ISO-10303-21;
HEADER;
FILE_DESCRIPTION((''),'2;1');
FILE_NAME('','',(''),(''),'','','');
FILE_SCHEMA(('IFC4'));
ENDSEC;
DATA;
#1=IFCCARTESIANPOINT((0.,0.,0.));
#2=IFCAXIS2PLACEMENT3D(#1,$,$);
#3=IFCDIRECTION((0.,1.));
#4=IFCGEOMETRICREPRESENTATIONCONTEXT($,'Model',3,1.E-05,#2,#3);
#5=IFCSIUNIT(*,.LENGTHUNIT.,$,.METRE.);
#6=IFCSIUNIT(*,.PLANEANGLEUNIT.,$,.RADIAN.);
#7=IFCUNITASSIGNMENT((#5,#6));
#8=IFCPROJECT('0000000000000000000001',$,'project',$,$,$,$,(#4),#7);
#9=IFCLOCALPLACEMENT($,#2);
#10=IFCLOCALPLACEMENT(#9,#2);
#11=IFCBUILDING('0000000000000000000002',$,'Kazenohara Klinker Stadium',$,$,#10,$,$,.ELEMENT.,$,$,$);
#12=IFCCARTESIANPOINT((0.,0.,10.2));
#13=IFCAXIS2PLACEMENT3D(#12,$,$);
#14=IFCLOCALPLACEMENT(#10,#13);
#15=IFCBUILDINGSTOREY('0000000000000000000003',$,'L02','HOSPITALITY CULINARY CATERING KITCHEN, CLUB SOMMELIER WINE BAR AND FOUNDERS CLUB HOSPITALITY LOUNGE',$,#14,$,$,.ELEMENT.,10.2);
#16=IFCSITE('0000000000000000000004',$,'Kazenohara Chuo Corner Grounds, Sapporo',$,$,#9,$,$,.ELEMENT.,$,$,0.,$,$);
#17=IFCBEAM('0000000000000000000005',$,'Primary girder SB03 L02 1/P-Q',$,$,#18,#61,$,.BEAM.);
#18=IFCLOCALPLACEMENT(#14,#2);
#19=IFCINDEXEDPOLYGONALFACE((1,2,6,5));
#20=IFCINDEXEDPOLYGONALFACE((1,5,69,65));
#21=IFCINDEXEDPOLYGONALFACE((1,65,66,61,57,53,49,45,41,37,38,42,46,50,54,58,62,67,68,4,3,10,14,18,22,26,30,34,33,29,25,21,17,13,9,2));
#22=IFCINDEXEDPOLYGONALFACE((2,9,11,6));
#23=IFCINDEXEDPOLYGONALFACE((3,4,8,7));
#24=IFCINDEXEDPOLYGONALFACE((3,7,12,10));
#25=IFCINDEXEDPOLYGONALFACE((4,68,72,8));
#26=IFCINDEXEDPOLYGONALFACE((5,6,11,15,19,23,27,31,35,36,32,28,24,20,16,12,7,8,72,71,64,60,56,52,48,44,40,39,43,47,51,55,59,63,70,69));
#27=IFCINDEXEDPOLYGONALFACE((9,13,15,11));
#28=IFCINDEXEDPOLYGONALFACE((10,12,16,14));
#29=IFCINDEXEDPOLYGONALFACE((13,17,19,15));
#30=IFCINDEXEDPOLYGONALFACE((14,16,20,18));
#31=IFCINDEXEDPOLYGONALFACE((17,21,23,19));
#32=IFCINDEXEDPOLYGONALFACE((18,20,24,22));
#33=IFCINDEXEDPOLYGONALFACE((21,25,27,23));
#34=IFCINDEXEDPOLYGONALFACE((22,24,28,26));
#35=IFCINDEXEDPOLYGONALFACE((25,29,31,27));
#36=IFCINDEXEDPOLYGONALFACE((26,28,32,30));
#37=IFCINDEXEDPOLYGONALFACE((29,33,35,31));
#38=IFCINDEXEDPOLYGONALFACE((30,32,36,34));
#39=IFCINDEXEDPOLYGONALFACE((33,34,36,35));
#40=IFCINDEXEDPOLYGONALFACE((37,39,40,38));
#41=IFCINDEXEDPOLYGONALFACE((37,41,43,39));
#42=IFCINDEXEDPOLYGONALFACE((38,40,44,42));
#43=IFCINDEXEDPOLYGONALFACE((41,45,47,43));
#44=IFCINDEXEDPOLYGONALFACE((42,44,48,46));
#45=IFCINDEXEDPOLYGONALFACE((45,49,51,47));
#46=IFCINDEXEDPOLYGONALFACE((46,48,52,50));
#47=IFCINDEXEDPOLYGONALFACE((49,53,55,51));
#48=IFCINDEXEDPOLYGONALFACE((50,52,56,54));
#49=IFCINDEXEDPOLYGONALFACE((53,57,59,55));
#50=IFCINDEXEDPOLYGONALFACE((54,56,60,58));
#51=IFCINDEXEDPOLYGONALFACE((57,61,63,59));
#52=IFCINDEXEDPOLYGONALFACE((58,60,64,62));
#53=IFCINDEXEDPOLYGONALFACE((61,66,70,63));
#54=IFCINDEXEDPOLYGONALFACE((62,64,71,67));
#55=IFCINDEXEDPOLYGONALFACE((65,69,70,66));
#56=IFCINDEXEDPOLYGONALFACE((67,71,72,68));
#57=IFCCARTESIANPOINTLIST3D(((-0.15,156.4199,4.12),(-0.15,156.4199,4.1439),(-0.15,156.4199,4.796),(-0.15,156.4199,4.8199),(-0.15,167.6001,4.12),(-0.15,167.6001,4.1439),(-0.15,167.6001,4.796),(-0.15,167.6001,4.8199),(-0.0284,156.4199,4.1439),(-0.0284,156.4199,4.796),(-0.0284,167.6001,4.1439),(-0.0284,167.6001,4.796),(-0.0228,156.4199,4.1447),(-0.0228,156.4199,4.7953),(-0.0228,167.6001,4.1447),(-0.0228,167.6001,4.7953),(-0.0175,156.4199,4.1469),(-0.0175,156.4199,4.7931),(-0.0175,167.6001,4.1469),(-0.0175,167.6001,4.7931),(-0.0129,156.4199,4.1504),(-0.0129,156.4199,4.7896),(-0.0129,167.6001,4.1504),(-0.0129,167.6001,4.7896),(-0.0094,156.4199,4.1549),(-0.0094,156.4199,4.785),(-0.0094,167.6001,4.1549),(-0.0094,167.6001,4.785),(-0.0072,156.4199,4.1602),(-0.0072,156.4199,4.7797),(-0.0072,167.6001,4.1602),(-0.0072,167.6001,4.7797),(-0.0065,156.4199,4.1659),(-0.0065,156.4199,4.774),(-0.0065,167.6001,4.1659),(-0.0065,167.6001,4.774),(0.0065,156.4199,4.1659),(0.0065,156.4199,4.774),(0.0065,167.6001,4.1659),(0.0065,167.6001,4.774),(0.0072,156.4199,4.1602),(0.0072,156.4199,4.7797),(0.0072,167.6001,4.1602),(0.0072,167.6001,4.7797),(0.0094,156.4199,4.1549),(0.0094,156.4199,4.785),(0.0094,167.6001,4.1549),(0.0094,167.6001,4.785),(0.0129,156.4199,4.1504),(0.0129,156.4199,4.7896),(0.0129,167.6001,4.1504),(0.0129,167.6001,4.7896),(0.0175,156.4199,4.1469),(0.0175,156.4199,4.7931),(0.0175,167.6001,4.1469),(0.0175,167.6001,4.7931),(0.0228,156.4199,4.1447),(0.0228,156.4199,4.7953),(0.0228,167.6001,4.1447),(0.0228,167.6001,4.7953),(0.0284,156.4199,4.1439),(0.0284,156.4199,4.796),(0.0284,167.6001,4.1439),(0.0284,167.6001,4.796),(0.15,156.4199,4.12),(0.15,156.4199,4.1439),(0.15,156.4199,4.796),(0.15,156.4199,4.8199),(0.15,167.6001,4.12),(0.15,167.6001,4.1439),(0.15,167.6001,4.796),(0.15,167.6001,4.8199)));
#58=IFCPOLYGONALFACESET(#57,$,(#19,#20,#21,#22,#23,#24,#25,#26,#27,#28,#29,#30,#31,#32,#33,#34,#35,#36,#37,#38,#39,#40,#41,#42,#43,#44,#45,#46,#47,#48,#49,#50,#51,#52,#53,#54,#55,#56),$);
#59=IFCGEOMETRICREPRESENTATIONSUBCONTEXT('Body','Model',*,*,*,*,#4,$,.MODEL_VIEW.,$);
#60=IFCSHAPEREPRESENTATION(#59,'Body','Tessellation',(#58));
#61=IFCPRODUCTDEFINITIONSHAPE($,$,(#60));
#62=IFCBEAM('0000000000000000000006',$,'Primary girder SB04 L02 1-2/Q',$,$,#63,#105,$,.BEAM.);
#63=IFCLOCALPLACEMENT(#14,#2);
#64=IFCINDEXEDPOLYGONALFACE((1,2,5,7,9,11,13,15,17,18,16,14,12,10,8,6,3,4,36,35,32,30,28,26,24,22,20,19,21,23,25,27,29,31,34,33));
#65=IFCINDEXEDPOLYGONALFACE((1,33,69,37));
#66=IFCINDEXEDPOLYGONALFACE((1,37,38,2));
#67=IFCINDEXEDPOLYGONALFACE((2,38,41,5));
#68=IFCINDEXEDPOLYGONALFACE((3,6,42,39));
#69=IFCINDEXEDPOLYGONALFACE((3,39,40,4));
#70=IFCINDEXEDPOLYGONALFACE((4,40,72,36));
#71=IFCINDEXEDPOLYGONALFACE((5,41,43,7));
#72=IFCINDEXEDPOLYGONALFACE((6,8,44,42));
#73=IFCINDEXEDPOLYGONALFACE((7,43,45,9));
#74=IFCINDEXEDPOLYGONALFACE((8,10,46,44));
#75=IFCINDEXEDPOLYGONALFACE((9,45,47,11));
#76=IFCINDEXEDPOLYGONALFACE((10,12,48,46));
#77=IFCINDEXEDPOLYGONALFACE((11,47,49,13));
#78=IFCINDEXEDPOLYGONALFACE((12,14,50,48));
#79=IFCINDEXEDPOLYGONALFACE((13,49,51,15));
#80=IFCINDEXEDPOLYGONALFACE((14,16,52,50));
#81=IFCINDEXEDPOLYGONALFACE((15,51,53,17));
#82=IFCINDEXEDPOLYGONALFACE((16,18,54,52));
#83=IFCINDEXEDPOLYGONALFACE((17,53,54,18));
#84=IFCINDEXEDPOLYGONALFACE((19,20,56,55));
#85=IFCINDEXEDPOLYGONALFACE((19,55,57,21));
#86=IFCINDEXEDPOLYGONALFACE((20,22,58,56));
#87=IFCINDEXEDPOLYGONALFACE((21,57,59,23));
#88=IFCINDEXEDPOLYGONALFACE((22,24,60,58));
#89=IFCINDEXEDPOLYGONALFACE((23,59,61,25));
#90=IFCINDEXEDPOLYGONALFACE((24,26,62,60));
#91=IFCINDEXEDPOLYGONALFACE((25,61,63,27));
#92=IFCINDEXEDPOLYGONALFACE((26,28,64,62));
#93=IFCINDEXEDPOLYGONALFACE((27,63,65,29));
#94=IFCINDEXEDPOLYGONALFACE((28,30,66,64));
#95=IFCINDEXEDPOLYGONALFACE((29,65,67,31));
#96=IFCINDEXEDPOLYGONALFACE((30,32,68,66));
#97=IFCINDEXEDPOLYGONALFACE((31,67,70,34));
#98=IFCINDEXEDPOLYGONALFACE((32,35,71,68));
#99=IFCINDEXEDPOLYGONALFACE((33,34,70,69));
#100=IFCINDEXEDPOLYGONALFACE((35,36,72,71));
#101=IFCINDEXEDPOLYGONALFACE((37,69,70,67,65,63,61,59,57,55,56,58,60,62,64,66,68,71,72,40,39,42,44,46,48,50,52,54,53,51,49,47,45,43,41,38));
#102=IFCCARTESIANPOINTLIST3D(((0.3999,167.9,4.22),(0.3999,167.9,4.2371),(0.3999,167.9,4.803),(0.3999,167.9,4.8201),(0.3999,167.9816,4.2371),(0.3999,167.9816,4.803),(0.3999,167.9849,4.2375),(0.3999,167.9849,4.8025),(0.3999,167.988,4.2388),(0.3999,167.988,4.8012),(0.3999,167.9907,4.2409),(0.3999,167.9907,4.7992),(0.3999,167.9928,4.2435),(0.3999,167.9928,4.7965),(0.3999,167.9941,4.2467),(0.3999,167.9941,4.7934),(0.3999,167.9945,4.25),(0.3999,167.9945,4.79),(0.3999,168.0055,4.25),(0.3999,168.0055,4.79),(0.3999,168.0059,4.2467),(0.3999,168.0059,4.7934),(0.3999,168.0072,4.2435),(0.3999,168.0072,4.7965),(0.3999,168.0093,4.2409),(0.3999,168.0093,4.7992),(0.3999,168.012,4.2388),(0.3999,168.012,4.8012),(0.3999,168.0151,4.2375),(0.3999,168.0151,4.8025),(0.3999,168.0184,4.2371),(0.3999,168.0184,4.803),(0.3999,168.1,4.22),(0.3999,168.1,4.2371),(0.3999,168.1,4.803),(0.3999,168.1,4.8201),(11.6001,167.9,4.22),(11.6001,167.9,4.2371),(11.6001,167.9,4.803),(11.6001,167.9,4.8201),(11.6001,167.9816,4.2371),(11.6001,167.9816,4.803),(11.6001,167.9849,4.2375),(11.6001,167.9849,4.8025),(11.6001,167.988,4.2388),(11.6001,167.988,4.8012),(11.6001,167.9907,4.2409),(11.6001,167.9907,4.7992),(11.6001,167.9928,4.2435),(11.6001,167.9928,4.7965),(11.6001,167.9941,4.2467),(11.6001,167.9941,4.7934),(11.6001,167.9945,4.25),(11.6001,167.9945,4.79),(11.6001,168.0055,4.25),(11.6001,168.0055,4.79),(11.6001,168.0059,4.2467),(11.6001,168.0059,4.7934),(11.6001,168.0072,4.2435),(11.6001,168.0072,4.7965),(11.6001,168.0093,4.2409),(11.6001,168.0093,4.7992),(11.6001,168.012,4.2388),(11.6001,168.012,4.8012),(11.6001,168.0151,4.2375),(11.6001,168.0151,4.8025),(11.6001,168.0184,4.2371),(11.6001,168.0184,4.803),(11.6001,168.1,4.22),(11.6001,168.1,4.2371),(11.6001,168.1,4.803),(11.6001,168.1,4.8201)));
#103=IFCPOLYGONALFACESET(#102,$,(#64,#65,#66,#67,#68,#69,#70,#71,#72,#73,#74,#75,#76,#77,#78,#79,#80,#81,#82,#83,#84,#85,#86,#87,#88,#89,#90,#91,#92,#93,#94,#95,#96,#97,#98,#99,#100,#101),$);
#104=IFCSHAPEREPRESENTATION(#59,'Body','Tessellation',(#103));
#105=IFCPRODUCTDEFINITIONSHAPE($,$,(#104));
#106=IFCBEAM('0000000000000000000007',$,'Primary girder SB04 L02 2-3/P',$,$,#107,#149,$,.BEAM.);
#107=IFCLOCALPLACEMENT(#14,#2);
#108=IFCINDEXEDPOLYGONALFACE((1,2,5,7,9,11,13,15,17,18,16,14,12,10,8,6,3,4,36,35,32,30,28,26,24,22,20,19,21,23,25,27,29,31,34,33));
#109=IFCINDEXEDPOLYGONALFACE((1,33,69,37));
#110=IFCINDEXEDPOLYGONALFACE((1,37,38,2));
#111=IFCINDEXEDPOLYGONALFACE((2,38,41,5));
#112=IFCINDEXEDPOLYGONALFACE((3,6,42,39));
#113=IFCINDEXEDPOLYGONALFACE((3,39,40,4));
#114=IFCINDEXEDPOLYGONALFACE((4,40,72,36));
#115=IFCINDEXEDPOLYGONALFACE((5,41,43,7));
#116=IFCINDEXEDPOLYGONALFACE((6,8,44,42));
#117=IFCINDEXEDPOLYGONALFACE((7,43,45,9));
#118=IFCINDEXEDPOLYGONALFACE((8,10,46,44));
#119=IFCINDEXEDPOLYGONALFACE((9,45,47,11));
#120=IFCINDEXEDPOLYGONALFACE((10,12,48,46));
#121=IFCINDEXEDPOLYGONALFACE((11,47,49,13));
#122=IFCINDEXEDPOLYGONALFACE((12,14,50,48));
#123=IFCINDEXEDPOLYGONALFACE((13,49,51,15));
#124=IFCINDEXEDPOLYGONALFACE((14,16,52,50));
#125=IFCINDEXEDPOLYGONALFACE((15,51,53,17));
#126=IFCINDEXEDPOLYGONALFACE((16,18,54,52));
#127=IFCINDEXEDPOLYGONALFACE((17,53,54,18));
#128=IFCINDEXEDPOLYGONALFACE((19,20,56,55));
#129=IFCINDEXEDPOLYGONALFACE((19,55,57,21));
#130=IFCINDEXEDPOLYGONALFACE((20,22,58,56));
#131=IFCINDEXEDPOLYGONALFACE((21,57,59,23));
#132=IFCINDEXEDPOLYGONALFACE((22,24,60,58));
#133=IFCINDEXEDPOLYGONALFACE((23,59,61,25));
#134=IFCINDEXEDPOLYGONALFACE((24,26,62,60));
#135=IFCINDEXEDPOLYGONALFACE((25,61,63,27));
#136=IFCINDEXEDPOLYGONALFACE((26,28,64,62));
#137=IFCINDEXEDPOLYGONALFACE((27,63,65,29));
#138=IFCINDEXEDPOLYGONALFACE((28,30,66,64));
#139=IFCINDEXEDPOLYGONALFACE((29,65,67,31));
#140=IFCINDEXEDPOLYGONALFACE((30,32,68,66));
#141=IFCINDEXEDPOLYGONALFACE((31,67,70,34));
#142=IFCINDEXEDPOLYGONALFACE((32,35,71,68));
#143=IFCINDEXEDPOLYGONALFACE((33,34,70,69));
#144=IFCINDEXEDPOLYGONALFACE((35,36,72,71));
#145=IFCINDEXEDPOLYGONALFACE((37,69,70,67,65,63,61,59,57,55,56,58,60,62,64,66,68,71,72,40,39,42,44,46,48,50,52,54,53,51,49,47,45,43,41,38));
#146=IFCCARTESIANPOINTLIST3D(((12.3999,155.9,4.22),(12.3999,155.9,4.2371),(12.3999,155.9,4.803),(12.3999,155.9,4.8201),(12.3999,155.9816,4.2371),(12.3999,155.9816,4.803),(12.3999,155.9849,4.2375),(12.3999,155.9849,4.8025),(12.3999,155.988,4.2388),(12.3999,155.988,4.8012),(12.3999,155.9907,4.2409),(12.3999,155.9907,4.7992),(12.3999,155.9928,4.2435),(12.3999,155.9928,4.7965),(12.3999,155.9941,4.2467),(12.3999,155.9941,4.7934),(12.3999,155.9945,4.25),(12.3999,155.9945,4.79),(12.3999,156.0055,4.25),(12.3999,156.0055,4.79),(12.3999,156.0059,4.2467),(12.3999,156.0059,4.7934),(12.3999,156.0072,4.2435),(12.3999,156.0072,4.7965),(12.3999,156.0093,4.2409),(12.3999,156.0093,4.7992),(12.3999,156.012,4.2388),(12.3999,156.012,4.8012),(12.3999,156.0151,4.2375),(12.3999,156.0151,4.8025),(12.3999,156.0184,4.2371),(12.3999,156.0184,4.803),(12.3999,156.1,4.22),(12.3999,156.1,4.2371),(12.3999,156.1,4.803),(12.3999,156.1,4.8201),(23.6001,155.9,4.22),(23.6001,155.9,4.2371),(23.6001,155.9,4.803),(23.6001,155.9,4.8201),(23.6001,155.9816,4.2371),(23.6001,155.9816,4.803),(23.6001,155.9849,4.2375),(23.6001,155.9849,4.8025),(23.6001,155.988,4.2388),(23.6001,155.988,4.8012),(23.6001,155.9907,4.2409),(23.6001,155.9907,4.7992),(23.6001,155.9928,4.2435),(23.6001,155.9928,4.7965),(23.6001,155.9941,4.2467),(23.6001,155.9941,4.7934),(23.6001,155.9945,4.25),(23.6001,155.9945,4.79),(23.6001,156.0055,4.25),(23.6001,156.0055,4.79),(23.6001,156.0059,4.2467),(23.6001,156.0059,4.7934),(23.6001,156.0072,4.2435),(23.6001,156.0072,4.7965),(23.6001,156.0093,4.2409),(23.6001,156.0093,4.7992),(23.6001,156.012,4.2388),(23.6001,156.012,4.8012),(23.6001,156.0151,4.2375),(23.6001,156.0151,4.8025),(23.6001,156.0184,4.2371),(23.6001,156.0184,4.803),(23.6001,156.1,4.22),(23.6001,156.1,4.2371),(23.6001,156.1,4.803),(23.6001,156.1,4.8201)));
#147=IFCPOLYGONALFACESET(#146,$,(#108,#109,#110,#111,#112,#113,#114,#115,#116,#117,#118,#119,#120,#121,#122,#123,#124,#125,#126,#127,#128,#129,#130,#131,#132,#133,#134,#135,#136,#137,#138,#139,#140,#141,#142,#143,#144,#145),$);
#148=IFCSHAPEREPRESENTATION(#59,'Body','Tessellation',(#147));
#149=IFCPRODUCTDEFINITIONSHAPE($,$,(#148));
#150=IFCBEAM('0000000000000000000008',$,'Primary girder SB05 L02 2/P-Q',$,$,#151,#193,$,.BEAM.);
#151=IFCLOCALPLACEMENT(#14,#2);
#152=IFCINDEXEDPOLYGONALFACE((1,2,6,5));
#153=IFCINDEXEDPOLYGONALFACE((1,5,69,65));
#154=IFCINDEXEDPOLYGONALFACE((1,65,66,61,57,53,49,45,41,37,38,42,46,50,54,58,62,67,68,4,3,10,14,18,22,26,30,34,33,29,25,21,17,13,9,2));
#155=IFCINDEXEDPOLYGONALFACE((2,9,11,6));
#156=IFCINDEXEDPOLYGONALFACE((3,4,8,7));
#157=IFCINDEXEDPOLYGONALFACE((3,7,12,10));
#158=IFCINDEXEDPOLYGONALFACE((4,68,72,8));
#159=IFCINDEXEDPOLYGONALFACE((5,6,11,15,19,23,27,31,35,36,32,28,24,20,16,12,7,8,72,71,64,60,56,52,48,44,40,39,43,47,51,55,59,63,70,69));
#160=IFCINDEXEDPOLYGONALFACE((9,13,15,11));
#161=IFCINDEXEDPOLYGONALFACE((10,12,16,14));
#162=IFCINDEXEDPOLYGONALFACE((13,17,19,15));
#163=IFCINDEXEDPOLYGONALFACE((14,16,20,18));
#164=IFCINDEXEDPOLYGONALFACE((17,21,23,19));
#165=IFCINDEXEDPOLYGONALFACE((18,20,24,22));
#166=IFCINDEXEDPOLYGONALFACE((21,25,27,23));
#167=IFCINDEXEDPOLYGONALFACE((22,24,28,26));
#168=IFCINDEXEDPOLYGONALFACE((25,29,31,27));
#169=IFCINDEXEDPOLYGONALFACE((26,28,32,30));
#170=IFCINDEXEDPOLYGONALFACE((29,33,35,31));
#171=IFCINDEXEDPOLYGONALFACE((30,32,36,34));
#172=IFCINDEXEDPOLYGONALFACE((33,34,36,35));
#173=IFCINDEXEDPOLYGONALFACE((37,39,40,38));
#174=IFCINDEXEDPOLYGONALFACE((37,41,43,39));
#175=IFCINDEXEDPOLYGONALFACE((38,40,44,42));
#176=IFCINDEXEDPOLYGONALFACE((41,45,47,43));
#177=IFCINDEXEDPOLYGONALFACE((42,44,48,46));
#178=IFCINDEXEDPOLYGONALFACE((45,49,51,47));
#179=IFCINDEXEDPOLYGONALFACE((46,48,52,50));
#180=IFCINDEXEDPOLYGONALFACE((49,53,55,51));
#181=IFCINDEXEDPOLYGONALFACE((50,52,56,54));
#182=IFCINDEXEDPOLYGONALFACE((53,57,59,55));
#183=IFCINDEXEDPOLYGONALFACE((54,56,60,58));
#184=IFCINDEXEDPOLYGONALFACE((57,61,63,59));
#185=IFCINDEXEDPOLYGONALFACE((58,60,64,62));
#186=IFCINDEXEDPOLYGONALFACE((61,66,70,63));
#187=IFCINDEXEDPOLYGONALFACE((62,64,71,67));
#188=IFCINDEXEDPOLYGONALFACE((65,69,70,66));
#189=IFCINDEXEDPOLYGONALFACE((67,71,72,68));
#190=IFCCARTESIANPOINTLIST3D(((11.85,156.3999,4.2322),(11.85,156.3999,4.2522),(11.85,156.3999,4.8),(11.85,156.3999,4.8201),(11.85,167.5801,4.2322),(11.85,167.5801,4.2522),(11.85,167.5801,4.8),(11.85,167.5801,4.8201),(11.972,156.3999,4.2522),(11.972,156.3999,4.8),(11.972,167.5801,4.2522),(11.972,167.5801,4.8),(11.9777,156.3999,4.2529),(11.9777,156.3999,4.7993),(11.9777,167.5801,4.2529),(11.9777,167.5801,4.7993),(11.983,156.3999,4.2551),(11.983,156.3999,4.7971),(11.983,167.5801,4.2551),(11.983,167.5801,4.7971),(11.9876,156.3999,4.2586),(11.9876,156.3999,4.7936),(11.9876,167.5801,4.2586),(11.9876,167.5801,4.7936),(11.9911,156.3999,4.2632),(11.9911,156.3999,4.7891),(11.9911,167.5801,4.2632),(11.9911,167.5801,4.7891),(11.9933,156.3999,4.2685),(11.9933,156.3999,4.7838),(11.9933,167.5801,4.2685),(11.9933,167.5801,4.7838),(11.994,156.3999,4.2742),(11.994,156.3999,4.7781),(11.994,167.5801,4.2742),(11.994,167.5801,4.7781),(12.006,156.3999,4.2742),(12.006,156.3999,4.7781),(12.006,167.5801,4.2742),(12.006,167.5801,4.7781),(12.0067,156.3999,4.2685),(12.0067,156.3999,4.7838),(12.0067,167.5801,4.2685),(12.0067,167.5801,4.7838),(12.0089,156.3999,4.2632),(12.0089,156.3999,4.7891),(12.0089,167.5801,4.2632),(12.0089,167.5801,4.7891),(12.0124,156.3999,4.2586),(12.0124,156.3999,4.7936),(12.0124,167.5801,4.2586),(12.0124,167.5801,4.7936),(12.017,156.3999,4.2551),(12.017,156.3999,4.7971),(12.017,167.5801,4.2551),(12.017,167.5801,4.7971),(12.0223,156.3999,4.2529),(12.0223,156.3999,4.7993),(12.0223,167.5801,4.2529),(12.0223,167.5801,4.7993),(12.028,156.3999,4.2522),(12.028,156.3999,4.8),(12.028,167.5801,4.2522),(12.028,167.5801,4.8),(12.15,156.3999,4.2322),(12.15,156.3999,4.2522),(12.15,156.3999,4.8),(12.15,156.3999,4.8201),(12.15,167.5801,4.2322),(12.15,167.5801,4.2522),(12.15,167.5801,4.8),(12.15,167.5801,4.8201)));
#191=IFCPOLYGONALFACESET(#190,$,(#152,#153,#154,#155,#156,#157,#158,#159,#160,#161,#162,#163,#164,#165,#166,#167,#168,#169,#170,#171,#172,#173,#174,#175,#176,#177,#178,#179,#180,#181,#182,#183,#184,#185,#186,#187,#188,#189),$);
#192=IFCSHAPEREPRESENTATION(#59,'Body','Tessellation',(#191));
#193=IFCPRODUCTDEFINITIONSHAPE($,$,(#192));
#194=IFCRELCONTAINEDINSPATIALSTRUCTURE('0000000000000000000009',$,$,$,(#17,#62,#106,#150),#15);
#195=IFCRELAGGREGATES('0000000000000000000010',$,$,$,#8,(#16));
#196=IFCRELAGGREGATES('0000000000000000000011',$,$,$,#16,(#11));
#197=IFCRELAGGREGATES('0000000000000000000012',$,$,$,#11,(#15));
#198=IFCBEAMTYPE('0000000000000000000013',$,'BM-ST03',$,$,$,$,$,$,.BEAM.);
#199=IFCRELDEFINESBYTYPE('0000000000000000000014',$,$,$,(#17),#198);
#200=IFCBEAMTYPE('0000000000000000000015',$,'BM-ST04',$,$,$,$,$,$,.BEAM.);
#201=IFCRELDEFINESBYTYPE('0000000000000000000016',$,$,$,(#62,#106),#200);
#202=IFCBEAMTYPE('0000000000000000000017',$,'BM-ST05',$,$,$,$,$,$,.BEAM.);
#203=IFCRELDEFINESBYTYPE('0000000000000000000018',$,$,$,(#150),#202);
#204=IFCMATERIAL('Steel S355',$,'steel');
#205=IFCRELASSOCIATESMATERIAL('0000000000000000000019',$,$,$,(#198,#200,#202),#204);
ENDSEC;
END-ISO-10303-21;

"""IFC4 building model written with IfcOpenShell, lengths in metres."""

from ifc_helpers import new_model, si_unit, direction, frame, origin, origin_2d, place, context, subcontext, project, spatial, i_section, extrude, material, material_profile, profile_set, type_object, element, save


model = new_model("IFC4")

# Units and contexts
model_context = context("Model", 3, precision=1e-05, world=origin(), true_north=direction((0.0, 1.0)))
body_context = subcontext(model_context, "Body", "Model", "MODEL_VIEW")
ifc_project = project(units=[si_unit("LENGTHUNIT", "METRE"), si_unit("PLANEANGLEUNIT", "RADIAN")], contexts=[model_context])

# Site, building, storey
site_placement = place(None, origin())
site = spatial("IfcSite", under=ifc_project, at=site_placement, Name="Kazenohara Chuo Corner Grounds, Sapporo", CompositionType="ELEMENT", RefElevation=0.0)
building_placement = place(site_placement, origin())
building = spatial("IfcBuilding", under=site, at=building_placement, Name="Kazenohara Klinker Stadium", CompositionType="ELEMENT")
storey_placement = place(building_placement, frame((0.0, 0.0, 10.2)))
storey = spatial("IfcBuildingStorey", under=building, at=storey_placement, Name="L02", Description="HOSPITALITY CULINARY CATERING KITCHEN, CLUB SOMMELIER WINE BAR AND FOUNDERS CLUB HOSPITALITY LOUNGE", CompositionType="ELEMENT", Elevation=10.2)

# Beams
ifc_material_1 = material(Name="Steel S355", Category="steel")
ifc_material_profile_1 = material_profile(ifc_material_1, i_section(OverallWidth=0.3, OverallDepth=0.7, WebThickness=0.0129, FlangeThickness=0.0239, FilletRadius=0.022, at=origin_2d()), Name="H-700x300x13x24")
ifc_profile_set_1 = profile_set([ifc_material_profile_1], Name="Steel S355")
beam_type_1 = type_object("IfcBeamType", Name="BM-ST03", PredefinedType="BEAM", material=ifc_profile_set_1)
for number, where, z_axis, x_axis, name in (
    (1, (0.0, 156.4199, 4.47), (0.0, 1.0, 0.0), (-1.0, 0.0, 0.0), "Primary girder SB03 L02 1/P-Q"),
):
    element("IfcBeam", number, at=place(storey_placement, frame(where, z_axis=z_axis, x_axis=x_axis)), inside=storey, type_object=beam_type_1, Name=name, PredefinedType="BEAM", context=body_context, shape_type="SweptSolid", body=[
        extrude(i_section(OverallWidth=0.3, OverallDepth=0.7, WebThickness=0.0129, FlangeThickness=0.0239, FilletRadius=0.022, at=origin_2d()), origin(), (0.0, 0.0, 1.0), 11.1802),
    ])
ifc_material_profile_2 = material_profile(ifc_material_1, i_section(OverallWidth=0.2, OverallDepth=0.6001, WebThickness=0.011, FlangeThickness=0.0171, FilletRadius=0.0129, at=origin_2d()), Name="H-600x200x11x17")
ifc_profile_set_2 = profile_set([ifc_material_profile_2], Name="Steel S355")
beam_type_2 = type_object("IfcBeamType", Name="BM-ST04", PredefinedType="BEAM", material=ifc_profile_set_2)
for number, where, z_axis, x_axis, name in (
    (2, (0.3999, 168.0, 4.52), (1.0, 0.0, 0.0), (0.0, 1.0, 0.0), "Primary girder SB04 L02 1-2/Q"),
    (3, (12.3999, 156.0, 4.52), (1.0, 0.0, 0.0), (0.0, 1.0, 0.0), "Primary girder SB04 L02 2-3/P"),
):
    element("IfcBeam", number, at=place(storey_placement, frame(where, z_axis=z_axis, x_axis=x_axis)), inside=storey, type_object=beam_type_2, Name=name, PredefinedType="BEAM", context=body_context, shape_type="SweptSolid", body=[
        extrude(i_section(OverallWidth=0.2, OverallDepth=0.6001, WebThickness=0.011, FlangeThickness=0.0171, FilletRadius=0.0129, at=origin_2d()), origin(), (0.0, 0.0, 1.0), 11.2002),
    ])
ifc_material_profile_3 = material_profile(ifc_material_1, i_section(OverallWidth=0.3, OverallDepth=0.5879, WebThickness=0.012, FlangeThickness=0.02, FilletRadius=0.022, at=origin_2d()), Name="H-588x300x12x20")
ifc_profile_set_3 = profile_set([ifc_material_profile_3], Name="Steel S355")
beam_type_3 = type_object("IfcBeamType", Name="BM-ST05", PredefinedType="BEAM", material=ifc_profile_set_3)
beam_1_placement = place(storey_placement, frame((12.0, 156.3999, 4.5261), z_axis=(0.0, 1.0, 0.0), x_axis=(-1.0, 0.0, 0.0)))
element("IfcBeam", 4, at=beam_1_placement, inside=storey, type_object=beam_type_3, Name="Primary girder SB05 L02 2/P-Q", PredefinedType="BEAM", context=body_context, shape_type="SweptSolid", body=[
    extrude(i_section(OverallWidth=0.3, OverallDepth=0.5879, WebThickness=0.012, FlangeThickness=0.02, FilletRadius=0.022, at=origin_2d()), origin(), (0.0, 0.0, 1.0), 11.1802),
])

save(model, "model.ifc")
